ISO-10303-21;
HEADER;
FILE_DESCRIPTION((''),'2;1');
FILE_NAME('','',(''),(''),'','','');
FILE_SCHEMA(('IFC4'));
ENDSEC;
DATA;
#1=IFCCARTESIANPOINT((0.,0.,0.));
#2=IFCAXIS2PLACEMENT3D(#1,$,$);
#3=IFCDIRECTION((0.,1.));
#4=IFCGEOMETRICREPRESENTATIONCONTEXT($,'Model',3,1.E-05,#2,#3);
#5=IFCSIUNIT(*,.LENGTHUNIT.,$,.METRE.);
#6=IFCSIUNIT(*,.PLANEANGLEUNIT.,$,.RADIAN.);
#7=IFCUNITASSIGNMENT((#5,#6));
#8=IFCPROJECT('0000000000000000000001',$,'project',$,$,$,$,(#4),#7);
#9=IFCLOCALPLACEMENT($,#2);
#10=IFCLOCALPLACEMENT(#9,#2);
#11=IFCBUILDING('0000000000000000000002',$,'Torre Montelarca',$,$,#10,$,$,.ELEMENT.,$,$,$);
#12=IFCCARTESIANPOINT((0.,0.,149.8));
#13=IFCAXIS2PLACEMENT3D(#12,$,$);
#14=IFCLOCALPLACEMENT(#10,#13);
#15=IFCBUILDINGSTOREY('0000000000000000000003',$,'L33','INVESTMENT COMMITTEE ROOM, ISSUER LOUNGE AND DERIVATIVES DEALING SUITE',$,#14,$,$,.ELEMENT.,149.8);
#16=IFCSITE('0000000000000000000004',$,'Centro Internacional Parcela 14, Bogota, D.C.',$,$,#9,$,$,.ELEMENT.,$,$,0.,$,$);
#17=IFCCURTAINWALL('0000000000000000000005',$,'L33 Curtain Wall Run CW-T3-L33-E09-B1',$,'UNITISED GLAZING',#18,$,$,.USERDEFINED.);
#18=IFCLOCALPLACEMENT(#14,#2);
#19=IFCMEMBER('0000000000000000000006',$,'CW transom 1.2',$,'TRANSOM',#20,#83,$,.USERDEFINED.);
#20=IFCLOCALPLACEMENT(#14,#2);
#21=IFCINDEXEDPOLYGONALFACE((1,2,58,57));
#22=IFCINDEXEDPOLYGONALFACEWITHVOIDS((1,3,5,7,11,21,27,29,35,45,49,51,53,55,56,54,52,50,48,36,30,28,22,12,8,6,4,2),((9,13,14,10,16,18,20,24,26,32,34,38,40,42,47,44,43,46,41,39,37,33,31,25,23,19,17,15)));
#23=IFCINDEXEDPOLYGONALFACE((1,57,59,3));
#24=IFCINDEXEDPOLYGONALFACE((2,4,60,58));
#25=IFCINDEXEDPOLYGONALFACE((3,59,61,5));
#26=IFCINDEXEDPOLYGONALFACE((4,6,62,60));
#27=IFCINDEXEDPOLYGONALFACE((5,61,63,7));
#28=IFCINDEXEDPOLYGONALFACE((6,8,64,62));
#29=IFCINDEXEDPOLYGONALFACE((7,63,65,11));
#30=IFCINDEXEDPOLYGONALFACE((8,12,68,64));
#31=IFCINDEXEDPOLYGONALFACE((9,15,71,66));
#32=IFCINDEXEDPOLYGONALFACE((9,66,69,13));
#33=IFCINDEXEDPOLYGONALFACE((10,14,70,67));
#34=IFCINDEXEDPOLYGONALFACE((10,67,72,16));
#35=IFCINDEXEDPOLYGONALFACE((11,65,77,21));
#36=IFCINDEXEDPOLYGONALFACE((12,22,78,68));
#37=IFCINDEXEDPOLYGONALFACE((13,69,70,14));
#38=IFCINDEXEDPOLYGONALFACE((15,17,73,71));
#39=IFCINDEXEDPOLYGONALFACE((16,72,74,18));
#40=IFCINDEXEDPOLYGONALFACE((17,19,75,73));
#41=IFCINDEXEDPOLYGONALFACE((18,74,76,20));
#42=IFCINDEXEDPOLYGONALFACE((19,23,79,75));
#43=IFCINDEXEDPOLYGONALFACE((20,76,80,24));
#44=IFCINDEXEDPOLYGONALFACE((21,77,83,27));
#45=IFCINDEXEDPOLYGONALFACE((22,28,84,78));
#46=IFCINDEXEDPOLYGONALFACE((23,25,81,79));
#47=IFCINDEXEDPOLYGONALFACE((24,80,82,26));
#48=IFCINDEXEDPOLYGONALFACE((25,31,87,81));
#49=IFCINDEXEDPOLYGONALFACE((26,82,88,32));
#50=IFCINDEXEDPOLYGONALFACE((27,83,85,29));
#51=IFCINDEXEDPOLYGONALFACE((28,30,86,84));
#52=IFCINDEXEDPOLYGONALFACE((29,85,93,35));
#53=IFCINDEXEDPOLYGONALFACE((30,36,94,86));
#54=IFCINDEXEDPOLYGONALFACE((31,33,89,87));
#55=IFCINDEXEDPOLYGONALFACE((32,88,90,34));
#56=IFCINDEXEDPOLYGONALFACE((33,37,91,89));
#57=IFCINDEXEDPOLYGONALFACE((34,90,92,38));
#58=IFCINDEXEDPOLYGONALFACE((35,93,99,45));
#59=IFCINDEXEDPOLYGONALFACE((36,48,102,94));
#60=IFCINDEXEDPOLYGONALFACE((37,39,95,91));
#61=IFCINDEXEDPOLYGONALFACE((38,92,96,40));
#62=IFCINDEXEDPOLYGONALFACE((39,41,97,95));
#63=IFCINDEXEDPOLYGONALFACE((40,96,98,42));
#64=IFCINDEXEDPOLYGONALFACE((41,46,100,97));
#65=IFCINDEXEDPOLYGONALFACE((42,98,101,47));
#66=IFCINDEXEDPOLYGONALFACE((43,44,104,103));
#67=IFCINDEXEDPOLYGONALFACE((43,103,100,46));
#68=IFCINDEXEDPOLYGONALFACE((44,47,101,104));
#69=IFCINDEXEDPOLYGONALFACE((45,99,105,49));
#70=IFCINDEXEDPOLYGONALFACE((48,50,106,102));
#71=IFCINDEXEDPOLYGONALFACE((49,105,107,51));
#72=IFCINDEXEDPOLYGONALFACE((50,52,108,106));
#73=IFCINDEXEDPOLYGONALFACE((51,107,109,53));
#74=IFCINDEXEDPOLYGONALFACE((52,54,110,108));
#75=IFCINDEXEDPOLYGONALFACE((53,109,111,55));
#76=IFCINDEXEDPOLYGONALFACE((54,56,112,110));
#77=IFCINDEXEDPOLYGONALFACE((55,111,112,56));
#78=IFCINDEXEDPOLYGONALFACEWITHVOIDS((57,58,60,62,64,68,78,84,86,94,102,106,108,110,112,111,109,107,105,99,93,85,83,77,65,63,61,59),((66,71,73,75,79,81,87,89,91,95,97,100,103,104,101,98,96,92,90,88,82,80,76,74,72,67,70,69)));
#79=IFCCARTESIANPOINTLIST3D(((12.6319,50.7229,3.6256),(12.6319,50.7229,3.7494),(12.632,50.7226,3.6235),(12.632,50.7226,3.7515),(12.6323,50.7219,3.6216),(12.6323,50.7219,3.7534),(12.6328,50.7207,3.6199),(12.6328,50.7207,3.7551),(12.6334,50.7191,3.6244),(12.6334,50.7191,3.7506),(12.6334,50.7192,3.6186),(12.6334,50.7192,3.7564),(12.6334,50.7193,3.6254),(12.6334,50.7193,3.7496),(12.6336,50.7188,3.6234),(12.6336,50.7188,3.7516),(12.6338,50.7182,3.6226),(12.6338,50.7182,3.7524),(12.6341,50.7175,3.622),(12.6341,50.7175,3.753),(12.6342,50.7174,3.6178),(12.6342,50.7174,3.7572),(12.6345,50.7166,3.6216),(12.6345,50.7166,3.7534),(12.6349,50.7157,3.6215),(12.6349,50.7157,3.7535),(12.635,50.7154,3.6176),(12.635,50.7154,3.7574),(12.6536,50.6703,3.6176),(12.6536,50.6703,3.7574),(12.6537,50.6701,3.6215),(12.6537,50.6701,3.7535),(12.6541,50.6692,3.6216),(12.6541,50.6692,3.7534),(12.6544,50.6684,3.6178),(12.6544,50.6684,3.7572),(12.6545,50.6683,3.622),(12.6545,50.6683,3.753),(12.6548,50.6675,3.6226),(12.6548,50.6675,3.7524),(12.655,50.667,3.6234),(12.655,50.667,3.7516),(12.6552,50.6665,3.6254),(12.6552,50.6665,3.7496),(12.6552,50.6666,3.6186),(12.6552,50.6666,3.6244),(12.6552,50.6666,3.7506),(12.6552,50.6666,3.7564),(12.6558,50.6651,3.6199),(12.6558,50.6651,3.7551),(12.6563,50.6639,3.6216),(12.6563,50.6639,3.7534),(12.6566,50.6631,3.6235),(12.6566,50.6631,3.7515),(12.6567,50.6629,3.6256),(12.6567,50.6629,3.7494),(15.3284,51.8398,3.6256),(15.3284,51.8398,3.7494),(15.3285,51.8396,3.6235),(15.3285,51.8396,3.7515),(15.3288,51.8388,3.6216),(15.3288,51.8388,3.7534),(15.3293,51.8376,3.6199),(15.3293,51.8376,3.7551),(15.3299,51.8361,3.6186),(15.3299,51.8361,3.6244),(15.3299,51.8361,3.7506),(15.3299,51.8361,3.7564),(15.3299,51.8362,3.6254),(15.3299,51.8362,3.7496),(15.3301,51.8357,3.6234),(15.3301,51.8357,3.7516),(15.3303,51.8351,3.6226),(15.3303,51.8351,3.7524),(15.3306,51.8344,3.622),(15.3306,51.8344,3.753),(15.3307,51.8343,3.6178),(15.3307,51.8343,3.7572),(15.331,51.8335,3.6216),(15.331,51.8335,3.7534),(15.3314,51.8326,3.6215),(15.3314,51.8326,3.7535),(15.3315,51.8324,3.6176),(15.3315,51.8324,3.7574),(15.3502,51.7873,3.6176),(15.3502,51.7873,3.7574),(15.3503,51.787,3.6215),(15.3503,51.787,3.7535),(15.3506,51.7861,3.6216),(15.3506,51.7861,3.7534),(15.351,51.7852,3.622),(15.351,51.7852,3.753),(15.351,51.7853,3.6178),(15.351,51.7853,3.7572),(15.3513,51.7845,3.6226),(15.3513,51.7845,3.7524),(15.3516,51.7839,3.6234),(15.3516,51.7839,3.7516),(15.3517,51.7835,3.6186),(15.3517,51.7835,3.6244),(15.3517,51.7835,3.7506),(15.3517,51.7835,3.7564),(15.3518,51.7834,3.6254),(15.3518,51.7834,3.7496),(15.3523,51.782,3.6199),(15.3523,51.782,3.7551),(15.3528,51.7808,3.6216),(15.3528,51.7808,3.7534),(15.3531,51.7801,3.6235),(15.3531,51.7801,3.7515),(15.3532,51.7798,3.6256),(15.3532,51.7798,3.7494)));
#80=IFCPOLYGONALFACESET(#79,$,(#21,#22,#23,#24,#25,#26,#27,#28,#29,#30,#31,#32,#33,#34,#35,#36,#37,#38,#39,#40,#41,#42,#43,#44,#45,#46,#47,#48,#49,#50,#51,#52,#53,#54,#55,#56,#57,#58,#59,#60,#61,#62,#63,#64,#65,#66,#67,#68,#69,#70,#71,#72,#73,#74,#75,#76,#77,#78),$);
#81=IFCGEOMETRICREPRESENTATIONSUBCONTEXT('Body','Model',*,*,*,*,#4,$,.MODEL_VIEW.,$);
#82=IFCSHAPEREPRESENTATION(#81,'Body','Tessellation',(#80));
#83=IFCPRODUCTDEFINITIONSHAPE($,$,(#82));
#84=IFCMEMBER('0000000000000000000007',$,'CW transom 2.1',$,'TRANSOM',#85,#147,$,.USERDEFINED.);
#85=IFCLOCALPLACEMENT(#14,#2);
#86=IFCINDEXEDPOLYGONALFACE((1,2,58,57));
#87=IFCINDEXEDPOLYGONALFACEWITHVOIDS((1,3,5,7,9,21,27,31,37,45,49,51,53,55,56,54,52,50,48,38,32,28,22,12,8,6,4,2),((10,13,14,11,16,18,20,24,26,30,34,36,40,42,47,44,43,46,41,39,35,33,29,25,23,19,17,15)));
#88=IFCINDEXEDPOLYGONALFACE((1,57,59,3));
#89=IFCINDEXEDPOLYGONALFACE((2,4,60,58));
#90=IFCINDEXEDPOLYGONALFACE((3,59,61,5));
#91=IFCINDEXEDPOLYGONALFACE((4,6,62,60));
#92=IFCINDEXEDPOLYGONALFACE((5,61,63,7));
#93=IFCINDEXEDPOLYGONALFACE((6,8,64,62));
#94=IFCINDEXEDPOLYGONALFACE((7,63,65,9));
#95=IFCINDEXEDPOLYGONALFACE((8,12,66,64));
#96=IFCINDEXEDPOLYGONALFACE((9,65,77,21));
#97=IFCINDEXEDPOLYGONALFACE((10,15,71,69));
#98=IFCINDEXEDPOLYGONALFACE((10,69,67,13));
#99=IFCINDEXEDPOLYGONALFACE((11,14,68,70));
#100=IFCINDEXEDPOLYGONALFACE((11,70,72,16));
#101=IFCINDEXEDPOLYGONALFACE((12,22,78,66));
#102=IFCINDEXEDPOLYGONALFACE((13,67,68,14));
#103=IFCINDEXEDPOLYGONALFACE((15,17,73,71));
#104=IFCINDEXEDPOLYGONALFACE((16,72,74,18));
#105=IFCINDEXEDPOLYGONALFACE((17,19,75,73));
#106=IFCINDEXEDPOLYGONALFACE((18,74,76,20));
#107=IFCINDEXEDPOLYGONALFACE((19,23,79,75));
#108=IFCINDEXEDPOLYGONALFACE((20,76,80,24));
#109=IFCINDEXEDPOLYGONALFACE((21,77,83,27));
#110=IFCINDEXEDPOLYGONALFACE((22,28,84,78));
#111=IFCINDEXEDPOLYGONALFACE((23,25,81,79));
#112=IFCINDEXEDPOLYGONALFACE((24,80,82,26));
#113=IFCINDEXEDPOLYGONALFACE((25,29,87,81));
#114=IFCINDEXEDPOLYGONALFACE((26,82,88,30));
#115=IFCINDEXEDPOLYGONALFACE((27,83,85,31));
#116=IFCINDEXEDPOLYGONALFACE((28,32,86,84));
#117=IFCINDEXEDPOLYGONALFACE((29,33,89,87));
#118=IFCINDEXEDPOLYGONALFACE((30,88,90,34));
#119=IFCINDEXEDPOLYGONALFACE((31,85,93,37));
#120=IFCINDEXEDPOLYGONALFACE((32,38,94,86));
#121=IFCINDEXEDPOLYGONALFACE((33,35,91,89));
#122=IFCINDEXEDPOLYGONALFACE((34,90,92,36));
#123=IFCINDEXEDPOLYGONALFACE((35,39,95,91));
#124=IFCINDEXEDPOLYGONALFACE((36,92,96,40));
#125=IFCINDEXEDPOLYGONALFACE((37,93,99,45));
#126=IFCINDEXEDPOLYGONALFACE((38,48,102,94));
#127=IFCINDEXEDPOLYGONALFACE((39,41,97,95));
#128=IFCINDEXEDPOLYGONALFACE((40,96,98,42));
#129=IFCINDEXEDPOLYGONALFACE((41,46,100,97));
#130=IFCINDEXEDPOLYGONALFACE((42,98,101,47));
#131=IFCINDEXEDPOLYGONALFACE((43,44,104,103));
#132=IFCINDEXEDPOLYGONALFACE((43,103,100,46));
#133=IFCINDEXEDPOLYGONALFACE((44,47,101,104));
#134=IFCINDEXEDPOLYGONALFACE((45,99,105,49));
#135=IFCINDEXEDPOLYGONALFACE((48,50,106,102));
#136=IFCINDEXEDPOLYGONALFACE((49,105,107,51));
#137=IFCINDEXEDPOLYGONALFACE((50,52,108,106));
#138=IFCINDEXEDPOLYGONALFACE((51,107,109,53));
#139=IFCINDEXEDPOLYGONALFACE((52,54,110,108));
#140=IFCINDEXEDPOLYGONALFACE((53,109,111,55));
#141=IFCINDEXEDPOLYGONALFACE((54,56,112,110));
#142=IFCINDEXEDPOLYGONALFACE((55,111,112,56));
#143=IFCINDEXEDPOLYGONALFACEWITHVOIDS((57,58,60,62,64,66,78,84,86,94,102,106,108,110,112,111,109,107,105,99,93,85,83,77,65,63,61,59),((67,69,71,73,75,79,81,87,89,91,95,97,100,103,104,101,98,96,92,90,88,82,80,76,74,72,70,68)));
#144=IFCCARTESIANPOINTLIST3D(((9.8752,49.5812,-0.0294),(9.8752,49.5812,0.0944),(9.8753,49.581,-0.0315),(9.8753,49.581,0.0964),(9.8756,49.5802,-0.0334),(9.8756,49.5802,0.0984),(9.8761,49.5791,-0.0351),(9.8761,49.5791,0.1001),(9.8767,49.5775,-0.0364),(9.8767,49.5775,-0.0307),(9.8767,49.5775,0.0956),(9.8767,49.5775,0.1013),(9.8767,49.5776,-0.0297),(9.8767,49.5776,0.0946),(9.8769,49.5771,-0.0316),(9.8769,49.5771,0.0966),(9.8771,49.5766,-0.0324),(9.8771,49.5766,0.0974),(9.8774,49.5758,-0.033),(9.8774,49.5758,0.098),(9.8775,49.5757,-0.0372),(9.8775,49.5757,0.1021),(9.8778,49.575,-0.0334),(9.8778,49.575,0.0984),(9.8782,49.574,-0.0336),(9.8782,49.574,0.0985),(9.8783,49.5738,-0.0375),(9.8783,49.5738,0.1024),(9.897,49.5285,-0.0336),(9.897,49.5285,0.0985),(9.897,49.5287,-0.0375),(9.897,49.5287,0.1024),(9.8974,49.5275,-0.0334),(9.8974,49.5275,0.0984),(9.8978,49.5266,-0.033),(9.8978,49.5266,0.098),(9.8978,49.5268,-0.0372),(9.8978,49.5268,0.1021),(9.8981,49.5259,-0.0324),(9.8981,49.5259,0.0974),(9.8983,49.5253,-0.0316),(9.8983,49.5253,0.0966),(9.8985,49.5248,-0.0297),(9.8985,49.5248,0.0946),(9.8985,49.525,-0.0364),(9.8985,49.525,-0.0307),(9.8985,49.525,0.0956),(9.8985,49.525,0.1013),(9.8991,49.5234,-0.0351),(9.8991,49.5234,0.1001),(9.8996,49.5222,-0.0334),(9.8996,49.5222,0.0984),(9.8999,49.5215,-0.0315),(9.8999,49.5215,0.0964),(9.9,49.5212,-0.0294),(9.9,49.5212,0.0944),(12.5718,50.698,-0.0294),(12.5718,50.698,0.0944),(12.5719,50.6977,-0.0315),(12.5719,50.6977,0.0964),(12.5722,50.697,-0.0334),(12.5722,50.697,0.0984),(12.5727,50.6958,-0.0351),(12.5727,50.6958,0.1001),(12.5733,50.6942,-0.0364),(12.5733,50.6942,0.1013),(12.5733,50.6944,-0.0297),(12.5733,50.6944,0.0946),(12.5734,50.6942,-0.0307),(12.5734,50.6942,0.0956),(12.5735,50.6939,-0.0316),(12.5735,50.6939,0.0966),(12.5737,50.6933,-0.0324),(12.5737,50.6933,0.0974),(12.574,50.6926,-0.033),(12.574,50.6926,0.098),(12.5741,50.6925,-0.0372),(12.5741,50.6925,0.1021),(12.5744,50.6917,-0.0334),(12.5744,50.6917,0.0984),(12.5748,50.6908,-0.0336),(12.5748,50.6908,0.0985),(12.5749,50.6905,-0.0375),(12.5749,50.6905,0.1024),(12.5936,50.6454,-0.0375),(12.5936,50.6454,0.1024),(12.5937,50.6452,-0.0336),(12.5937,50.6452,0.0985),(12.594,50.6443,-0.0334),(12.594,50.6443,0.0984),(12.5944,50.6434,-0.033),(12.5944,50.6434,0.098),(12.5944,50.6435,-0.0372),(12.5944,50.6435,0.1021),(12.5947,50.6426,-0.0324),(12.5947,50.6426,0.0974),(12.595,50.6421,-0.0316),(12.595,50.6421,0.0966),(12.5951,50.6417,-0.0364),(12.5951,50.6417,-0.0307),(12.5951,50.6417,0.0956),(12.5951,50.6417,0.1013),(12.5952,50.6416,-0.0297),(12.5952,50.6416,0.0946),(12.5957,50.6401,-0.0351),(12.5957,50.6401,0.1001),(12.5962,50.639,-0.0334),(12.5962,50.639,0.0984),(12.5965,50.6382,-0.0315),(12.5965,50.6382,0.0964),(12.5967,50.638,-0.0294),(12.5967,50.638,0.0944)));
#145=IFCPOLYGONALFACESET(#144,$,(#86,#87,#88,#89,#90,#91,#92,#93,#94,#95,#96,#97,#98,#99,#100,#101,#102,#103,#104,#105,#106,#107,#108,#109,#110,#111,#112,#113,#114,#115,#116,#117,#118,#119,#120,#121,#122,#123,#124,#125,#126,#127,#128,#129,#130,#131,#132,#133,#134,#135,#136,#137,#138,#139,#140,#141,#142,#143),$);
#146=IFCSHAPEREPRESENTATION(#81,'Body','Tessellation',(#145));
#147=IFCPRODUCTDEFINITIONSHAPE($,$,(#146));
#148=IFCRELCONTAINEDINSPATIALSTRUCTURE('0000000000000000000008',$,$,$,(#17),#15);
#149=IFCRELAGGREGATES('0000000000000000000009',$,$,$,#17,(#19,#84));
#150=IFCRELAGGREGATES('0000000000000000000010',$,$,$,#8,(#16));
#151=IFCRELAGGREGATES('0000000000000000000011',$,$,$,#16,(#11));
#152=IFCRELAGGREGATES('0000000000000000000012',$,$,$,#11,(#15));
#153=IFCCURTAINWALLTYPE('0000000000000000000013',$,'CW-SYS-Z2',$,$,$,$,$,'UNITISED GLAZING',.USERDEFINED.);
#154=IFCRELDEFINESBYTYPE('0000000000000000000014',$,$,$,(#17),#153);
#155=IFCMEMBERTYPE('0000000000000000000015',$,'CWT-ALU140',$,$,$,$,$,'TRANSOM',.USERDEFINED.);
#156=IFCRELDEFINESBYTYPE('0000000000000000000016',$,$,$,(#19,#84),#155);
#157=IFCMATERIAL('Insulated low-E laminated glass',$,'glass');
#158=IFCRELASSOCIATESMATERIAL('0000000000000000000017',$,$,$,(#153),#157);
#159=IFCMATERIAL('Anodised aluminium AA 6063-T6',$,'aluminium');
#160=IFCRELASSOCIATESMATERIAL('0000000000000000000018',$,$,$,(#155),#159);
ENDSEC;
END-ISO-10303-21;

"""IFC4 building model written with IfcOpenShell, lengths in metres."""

from ifc_helpers import new_model, si_unit, direction, frame, origin, origin_2d, place, context, subcontext, project, spatial, hollow_rectangle, extrude, source, transform, mapped, material, material_profile, profile_set, type_object, element, aggregate, save


model = new_model("IFC4")

# Units and contexts
model_context = context("Model", 3, precision=1e-05, world=origin(), true_north=direction((0.0, 1.0)))
body_context = subcontext(model_context, "Body", "Model", "MODEL_VIEW")
ifc_project = project(units=[si_unit("LENGTHUNIT", "METRE"), si_unit("PLANEANGLEUNIT", "RADIAN")], contexts=[model_context])

# Site, building, storey
site_placement = place(None, origin())
site = spatial("IfcSite", under=ifc_project, at=site_placement, Name="Centro Internacional Parcela 14, Bogota, D.C.", CompositionType="ELEMENT", RefElevation=0.0)
building_placement = place(site_placement, origin())
building = spatial("IfcBuilding", under=site, at=building_placement, Name="Torre Montelarca", CompositionType="ELEMENT")
storey_placement = place(building_placement, frame((0.0, 0.0, 149.8)))
storey = spatial("IfcBuildingStorey", under=building, at=storey_placement, Name="L33", Description="INVESTMENT COMMITTEE ROOM, ISSUER LOUNGE AND DERIVATIVES DEALING SUITE", CompositionType="ELEMENT", Elevation=149.8)

# Curtain wall, members
ifc_material_1 = material(Name="Insulated low-E laminated glass", Category="glass")
curtain_wall_type = type_object("IfcCurtainWallType", Name="CW-SYS-Z2", ElementType="UNITISED GLAZING", PredefinedType="USERDEFINED", material=ifc_material_1)
curtain_wall_1_placement = place(storey_placement, origin())
curtain_wall_1 = element("IfcCurtainWall", 1, at=curtain_wall_1_placement, inside=storey, type_object=curtain_wall_type, Name="L33 Curtain Wall Run CW-T3-L33-E09-B1", ObjectType="UNITISED GLAZING", PredefinedType="USERDEFINED")
ifc_material_2 = material(Name="Anodised aluminium AA 6063-T6", Category="aluminium")
ifc_material_profile_1 = material_profile(ifc_material_2, hollow_rectangle(XDim=0.0649, YDim=0.1399, WallThickness=0.0039, InnerFilletRadius=0.0039, OuterFilletRadius=0.0081, at=origin_2d()), Name="ALU65X140X4", Category="aluminium")
ifc_profile_set_1 = profile_set([ifc_material_profile_1], Name="Anodised aluminium AA 6063-T6")
member_type_1 = type_object("IfcMemberType", Name="CWT-ALU140", ElementType="TRANSOM", PredefinedType="USERDEFINED", material=ifc_profile_set_1)
shared_shape_1 = source(origin(), body_context, "Body", "SweptSolid", [
    extrude(hollow_rectangle(XDim=0.0649, YDim=0.1399, WallThickness=0.0039, InnerFilletRadius=0.0039, OuterFilletRadius=0.0081, at=origin_2d()), origin(), (0.0, 0.0, 1.0), 2.9187),
])
member_1_placement = place(storey_placement, frame((15.3408, 51.8098, 3.6875), z_axis=(-0.923879, -0.382684, 0.0), x_axis=(0.382684, -0.923879, 0.0)))
member_1 = element("IfcMember", 2, at=member_1_placement, type_object=member_type_1, Name="CW transom 1.2", ObjectType="TRANSOM", PredefinedType="USERDEFINED", context=body_context, shape_type="MappedRepresentation", body=[
    mapped(shared_shape_1, transform((0.0, 0.0, 0.0), scale=1.0)),
])
member_2_placement = place(storey_placement, frame((12.5842, 50.668, 0.0325), z_axis=(-0.923909, -0.382613, 0.0), x_axis=(0.382613, -0.923909, 0.0)))
member_2 = element("IfcMember", 3, at=member_2_placement, type_object=member_type_1, Name="CW transom 2.1", ObjectType="TRANSOM", PredefinedType="USERDEFINED", context=body_context, shape_type="MappedRepresentation", body=[
    mapped(shared_shape_1, transform((0.0, 0.0, 0.0), scale=1.0)),
])

aggregate(curtain_wall_1, [member_1, member_2])

save(model, "model.ifc")
